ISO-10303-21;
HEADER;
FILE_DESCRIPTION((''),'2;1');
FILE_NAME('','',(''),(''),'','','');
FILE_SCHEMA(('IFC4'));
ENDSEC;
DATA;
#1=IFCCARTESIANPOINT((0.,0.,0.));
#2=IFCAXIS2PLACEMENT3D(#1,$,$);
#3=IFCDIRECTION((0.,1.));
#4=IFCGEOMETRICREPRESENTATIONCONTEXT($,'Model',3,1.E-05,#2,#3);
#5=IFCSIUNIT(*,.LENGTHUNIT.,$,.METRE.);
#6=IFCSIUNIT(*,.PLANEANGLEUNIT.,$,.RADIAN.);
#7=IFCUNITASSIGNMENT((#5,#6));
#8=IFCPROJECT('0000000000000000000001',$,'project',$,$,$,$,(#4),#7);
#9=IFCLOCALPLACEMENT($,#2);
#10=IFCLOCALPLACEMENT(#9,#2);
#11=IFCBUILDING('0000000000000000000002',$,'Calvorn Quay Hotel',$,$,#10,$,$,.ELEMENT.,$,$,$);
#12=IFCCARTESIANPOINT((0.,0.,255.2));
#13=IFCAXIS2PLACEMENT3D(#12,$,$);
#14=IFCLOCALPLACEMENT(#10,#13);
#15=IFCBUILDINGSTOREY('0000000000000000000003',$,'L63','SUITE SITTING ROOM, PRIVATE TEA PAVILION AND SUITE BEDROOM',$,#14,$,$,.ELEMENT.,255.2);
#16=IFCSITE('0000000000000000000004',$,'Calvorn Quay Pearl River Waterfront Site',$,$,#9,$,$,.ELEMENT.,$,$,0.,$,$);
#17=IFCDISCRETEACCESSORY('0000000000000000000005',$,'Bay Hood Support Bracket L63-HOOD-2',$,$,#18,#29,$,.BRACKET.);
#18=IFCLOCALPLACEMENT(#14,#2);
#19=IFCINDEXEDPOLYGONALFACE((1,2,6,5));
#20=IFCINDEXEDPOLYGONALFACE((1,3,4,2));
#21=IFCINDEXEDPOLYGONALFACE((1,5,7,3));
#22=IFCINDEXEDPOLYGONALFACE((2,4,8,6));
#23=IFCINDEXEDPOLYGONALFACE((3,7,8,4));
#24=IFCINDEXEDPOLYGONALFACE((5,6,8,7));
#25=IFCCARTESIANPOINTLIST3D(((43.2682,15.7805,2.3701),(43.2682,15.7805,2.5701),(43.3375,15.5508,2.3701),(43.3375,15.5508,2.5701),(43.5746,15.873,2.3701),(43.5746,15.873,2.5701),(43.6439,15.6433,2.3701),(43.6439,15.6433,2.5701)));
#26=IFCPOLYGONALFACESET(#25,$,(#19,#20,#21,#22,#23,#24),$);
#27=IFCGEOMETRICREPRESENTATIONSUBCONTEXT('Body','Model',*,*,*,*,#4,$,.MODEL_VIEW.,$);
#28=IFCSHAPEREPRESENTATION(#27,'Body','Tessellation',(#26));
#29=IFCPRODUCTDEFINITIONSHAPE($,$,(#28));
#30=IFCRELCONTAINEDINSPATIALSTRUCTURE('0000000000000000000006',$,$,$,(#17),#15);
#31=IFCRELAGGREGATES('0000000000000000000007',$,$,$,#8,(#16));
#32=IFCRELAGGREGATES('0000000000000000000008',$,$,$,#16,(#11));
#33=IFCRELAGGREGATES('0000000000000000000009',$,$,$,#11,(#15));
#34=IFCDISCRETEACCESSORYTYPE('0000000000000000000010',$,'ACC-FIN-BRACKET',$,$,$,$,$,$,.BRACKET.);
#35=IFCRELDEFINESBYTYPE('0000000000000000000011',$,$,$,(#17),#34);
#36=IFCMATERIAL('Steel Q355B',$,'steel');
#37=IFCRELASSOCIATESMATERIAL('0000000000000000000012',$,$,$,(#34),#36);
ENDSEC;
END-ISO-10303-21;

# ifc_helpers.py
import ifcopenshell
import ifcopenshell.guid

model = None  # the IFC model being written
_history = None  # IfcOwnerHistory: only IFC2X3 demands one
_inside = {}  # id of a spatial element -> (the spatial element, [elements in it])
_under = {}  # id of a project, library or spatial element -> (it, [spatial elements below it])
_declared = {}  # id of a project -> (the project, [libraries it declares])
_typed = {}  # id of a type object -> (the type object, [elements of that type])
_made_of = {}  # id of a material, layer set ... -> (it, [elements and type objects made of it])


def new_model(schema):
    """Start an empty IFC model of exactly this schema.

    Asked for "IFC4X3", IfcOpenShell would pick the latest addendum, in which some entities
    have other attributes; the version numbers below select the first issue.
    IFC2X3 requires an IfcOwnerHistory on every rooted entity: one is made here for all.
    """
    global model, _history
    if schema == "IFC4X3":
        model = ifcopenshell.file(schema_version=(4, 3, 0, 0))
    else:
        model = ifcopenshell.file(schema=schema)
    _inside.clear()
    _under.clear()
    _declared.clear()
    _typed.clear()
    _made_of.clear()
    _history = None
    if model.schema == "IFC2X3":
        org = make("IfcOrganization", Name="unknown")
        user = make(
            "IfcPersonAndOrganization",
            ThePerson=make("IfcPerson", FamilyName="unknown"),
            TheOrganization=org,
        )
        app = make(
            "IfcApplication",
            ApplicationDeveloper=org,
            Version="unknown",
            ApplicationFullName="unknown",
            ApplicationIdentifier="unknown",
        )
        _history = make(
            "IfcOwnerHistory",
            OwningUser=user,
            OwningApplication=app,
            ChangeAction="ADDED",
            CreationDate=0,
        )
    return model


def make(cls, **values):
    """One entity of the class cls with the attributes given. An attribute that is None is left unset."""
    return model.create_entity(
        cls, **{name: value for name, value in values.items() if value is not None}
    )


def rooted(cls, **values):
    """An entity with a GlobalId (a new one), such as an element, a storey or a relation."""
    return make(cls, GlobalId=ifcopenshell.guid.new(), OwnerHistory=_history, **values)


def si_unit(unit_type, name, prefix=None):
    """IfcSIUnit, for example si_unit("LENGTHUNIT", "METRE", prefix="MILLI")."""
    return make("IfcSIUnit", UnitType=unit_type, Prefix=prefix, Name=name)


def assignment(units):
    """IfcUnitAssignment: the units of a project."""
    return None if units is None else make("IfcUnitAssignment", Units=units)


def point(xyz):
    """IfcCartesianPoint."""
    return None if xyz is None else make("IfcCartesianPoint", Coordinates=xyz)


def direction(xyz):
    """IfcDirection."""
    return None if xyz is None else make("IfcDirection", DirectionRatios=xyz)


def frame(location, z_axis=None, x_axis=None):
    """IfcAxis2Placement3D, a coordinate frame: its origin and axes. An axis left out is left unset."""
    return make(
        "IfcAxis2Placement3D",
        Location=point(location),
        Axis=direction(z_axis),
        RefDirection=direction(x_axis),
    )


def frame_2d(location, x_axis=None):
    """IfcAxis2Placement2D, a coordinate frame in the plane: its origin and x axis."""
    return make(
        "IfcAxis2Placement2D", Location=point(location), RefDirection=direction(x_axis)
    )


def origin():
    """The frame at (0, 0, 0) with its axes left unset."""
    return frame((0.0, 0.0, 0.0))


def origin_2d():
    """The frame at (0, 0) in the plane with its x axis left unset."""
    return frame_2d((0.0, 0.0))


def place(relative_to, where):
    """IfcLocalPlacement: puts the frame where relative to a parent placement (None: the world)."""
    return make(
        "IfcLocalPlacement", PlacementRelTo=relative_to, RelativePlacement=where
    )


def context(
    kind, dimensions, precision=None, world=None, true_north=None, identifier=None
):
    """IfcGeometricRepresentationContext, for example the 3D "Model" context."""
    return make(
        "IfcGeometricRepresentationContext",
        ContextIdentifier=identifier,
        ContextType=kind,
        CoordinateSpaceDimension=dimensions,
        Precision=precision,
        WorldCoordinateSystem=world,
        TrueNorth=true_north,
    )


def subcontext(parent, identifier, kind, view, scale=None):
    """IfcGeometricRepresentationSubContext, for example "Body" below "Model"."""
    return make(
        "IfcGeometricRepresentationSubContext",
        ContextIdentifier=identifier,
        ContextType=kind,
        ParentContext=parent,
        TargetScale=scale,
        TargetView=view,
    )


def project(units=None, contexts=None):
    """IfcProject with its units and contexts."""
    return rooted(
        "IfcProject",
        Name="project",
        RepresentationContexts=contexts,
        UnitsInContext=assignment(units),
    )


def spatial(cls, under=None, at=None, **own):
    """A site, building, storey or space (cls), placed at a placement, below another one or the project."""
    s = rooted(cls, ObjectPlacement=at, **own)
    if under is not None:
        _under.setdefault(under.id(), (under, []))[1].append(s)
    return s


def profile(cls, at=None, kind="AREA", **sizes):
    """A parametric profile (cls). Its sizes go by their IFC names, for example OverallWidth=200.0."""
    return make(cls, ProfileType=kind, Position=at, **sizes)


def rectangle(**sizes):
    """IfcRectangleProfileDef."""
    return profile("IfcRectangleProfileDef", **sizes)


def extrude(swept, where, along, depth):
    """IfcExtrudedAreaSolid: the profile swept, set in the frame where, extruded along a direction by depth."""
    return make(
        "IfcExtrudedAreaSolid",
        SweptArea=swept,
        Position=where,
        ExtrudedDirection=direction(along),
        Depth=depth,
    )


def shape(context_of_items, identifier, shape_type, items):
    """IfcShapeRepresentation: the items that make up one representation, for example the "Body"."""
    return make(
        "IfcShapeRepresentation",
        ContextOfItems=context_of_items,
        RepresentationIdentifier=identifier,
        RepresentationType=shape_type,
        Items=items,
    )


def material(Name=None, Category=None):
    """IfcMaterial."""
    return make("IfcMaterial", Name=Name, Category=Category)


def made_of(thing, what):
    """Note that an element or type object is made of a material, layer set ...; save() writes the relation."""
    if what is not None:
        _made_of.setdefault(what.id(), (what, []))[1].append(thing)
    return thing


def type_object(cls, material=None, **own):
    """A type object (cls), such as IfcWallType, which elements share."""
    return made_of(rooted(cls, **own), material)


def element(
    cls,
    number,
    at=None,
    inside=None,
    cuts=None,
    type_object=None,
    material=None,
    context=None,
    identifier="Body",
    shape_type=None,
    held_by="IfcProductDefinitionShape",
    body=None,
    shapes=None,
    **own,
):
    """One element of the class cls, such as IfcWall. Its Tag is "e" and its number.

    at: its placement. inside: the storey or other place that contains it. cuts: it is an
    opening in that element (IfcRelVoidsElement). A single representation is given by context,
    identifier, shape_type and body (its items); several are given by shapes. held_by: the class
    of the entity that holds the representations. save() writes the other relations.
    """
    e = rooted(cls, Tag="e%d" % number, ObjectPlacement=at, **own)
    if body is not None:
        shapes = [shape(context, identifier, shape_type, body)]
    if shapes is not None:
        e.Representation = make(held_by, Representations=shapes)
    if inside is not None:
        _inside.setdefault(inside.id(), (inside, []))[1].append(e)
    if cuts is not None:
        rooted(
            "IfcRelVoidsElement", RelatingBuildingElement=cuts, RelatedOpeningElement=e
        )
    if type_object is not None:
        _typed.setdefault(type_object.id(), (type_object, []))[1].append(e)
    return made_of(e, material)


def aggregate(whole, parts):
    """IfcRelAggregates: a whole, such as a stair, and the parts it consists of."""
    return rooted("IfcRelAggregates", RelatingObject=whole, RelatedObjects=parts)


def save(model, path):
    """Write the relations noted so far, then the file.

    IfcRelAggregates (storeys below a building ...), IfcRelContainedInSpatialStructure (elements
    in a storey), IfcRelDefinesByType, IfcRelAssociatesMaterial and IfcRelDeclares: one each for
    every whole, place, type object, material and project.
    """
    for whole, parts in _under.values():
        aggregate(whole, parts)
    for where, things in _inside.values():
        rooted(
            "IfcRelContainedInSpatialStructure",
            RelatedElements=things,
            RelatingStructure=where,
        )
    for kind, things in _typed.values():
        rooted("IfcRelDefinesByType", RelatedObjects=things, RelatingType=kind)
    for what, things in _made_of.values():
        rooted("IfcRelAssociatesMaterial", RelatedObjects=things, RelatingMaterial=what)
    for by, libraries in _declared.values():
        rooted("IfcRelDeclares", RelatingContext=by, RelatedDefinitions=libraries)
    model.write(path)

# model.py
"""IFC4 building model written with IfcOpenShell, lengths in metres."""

from ifc_helpers import new_model, si_unit, direction, frame, origin, origin_2d, place, context, subcontext, project, spatial, rectangle, extrude, material, type_object, element, save


model = new_model("IFC4")

# Units and contexts
model_context = context("Model", 3, precision=1e-05, world=origin(), true_north=direction((0.0, 1.0)))
body_context = subcontext(model_context, "Body", "Model", "MODEL_VIEW")
ifc_project = project(units=[si_unit("LENGTHUNIT", "METRE"), si_unit("PLANEANGLEUNIT", "RADIAN")], contexts=[model_context])

# Site, building, storey
site_placement = place(None, origin())
site = spatial("IfcSite", under=ifc_project, at=site_placement, Name="Calvorn Quay Pearl River Waterfront Site", CompositionType="ELEMENT", RefElevation=0.0)
building_placement = place(site_placement, origin())
building = spatial("IfcBuilding", under=site, at=building_placement, Name="Calvorn Quay Hotel", CompositionType="ELEMENT")
storey_placement = place(building_placement, frame((0.0, 0.0, 255.2)))
storey = spatial("IfcBuildingStorey", under=building, at=storey_placement, Name="L63", Description="SUITE SITTING ROOM, PRIVATE TEA PAVILION AND SUITE BEDROOM", CompositionType="ELEMENT", Elevation=255.2)

# Discrete accessory
ifc_material_1 = material(Name="Steel Q355B", Category="steel")
discrete_accessory_type = type_object("IfcDiscreteAccessoryType", Name="ACC-FIN-BRACKET", PredefinedType="BRACKET", material=ifc_material_1)
for number, where, z_axis, x_axis, name in (
    (1, (43.4561, 15.7119, 2.3701), (0.0, 0.0, 1.0), (0.957319, 0.289032, 0.0), "Bay Hood Support Bracket L63-HOOD-2"),
):
    element("IfcDiscreteAccessory", number, at=place(storey_placement, frame(where, z_axis=z_axis, x_axis=x_axis)), inside=storey, type_object=discrete_accessory_type, Name=name, PredefinedType="BRACKET", context=body_context, shape_type="SweptSolid", body=[
        extrude(rectangle(XDim=0.3201, YDim=0.24, at=origin_2d()), origin(), (0.0, 0.0, 1.0), 0.2),
    ])

save(model, "model.ifc")
